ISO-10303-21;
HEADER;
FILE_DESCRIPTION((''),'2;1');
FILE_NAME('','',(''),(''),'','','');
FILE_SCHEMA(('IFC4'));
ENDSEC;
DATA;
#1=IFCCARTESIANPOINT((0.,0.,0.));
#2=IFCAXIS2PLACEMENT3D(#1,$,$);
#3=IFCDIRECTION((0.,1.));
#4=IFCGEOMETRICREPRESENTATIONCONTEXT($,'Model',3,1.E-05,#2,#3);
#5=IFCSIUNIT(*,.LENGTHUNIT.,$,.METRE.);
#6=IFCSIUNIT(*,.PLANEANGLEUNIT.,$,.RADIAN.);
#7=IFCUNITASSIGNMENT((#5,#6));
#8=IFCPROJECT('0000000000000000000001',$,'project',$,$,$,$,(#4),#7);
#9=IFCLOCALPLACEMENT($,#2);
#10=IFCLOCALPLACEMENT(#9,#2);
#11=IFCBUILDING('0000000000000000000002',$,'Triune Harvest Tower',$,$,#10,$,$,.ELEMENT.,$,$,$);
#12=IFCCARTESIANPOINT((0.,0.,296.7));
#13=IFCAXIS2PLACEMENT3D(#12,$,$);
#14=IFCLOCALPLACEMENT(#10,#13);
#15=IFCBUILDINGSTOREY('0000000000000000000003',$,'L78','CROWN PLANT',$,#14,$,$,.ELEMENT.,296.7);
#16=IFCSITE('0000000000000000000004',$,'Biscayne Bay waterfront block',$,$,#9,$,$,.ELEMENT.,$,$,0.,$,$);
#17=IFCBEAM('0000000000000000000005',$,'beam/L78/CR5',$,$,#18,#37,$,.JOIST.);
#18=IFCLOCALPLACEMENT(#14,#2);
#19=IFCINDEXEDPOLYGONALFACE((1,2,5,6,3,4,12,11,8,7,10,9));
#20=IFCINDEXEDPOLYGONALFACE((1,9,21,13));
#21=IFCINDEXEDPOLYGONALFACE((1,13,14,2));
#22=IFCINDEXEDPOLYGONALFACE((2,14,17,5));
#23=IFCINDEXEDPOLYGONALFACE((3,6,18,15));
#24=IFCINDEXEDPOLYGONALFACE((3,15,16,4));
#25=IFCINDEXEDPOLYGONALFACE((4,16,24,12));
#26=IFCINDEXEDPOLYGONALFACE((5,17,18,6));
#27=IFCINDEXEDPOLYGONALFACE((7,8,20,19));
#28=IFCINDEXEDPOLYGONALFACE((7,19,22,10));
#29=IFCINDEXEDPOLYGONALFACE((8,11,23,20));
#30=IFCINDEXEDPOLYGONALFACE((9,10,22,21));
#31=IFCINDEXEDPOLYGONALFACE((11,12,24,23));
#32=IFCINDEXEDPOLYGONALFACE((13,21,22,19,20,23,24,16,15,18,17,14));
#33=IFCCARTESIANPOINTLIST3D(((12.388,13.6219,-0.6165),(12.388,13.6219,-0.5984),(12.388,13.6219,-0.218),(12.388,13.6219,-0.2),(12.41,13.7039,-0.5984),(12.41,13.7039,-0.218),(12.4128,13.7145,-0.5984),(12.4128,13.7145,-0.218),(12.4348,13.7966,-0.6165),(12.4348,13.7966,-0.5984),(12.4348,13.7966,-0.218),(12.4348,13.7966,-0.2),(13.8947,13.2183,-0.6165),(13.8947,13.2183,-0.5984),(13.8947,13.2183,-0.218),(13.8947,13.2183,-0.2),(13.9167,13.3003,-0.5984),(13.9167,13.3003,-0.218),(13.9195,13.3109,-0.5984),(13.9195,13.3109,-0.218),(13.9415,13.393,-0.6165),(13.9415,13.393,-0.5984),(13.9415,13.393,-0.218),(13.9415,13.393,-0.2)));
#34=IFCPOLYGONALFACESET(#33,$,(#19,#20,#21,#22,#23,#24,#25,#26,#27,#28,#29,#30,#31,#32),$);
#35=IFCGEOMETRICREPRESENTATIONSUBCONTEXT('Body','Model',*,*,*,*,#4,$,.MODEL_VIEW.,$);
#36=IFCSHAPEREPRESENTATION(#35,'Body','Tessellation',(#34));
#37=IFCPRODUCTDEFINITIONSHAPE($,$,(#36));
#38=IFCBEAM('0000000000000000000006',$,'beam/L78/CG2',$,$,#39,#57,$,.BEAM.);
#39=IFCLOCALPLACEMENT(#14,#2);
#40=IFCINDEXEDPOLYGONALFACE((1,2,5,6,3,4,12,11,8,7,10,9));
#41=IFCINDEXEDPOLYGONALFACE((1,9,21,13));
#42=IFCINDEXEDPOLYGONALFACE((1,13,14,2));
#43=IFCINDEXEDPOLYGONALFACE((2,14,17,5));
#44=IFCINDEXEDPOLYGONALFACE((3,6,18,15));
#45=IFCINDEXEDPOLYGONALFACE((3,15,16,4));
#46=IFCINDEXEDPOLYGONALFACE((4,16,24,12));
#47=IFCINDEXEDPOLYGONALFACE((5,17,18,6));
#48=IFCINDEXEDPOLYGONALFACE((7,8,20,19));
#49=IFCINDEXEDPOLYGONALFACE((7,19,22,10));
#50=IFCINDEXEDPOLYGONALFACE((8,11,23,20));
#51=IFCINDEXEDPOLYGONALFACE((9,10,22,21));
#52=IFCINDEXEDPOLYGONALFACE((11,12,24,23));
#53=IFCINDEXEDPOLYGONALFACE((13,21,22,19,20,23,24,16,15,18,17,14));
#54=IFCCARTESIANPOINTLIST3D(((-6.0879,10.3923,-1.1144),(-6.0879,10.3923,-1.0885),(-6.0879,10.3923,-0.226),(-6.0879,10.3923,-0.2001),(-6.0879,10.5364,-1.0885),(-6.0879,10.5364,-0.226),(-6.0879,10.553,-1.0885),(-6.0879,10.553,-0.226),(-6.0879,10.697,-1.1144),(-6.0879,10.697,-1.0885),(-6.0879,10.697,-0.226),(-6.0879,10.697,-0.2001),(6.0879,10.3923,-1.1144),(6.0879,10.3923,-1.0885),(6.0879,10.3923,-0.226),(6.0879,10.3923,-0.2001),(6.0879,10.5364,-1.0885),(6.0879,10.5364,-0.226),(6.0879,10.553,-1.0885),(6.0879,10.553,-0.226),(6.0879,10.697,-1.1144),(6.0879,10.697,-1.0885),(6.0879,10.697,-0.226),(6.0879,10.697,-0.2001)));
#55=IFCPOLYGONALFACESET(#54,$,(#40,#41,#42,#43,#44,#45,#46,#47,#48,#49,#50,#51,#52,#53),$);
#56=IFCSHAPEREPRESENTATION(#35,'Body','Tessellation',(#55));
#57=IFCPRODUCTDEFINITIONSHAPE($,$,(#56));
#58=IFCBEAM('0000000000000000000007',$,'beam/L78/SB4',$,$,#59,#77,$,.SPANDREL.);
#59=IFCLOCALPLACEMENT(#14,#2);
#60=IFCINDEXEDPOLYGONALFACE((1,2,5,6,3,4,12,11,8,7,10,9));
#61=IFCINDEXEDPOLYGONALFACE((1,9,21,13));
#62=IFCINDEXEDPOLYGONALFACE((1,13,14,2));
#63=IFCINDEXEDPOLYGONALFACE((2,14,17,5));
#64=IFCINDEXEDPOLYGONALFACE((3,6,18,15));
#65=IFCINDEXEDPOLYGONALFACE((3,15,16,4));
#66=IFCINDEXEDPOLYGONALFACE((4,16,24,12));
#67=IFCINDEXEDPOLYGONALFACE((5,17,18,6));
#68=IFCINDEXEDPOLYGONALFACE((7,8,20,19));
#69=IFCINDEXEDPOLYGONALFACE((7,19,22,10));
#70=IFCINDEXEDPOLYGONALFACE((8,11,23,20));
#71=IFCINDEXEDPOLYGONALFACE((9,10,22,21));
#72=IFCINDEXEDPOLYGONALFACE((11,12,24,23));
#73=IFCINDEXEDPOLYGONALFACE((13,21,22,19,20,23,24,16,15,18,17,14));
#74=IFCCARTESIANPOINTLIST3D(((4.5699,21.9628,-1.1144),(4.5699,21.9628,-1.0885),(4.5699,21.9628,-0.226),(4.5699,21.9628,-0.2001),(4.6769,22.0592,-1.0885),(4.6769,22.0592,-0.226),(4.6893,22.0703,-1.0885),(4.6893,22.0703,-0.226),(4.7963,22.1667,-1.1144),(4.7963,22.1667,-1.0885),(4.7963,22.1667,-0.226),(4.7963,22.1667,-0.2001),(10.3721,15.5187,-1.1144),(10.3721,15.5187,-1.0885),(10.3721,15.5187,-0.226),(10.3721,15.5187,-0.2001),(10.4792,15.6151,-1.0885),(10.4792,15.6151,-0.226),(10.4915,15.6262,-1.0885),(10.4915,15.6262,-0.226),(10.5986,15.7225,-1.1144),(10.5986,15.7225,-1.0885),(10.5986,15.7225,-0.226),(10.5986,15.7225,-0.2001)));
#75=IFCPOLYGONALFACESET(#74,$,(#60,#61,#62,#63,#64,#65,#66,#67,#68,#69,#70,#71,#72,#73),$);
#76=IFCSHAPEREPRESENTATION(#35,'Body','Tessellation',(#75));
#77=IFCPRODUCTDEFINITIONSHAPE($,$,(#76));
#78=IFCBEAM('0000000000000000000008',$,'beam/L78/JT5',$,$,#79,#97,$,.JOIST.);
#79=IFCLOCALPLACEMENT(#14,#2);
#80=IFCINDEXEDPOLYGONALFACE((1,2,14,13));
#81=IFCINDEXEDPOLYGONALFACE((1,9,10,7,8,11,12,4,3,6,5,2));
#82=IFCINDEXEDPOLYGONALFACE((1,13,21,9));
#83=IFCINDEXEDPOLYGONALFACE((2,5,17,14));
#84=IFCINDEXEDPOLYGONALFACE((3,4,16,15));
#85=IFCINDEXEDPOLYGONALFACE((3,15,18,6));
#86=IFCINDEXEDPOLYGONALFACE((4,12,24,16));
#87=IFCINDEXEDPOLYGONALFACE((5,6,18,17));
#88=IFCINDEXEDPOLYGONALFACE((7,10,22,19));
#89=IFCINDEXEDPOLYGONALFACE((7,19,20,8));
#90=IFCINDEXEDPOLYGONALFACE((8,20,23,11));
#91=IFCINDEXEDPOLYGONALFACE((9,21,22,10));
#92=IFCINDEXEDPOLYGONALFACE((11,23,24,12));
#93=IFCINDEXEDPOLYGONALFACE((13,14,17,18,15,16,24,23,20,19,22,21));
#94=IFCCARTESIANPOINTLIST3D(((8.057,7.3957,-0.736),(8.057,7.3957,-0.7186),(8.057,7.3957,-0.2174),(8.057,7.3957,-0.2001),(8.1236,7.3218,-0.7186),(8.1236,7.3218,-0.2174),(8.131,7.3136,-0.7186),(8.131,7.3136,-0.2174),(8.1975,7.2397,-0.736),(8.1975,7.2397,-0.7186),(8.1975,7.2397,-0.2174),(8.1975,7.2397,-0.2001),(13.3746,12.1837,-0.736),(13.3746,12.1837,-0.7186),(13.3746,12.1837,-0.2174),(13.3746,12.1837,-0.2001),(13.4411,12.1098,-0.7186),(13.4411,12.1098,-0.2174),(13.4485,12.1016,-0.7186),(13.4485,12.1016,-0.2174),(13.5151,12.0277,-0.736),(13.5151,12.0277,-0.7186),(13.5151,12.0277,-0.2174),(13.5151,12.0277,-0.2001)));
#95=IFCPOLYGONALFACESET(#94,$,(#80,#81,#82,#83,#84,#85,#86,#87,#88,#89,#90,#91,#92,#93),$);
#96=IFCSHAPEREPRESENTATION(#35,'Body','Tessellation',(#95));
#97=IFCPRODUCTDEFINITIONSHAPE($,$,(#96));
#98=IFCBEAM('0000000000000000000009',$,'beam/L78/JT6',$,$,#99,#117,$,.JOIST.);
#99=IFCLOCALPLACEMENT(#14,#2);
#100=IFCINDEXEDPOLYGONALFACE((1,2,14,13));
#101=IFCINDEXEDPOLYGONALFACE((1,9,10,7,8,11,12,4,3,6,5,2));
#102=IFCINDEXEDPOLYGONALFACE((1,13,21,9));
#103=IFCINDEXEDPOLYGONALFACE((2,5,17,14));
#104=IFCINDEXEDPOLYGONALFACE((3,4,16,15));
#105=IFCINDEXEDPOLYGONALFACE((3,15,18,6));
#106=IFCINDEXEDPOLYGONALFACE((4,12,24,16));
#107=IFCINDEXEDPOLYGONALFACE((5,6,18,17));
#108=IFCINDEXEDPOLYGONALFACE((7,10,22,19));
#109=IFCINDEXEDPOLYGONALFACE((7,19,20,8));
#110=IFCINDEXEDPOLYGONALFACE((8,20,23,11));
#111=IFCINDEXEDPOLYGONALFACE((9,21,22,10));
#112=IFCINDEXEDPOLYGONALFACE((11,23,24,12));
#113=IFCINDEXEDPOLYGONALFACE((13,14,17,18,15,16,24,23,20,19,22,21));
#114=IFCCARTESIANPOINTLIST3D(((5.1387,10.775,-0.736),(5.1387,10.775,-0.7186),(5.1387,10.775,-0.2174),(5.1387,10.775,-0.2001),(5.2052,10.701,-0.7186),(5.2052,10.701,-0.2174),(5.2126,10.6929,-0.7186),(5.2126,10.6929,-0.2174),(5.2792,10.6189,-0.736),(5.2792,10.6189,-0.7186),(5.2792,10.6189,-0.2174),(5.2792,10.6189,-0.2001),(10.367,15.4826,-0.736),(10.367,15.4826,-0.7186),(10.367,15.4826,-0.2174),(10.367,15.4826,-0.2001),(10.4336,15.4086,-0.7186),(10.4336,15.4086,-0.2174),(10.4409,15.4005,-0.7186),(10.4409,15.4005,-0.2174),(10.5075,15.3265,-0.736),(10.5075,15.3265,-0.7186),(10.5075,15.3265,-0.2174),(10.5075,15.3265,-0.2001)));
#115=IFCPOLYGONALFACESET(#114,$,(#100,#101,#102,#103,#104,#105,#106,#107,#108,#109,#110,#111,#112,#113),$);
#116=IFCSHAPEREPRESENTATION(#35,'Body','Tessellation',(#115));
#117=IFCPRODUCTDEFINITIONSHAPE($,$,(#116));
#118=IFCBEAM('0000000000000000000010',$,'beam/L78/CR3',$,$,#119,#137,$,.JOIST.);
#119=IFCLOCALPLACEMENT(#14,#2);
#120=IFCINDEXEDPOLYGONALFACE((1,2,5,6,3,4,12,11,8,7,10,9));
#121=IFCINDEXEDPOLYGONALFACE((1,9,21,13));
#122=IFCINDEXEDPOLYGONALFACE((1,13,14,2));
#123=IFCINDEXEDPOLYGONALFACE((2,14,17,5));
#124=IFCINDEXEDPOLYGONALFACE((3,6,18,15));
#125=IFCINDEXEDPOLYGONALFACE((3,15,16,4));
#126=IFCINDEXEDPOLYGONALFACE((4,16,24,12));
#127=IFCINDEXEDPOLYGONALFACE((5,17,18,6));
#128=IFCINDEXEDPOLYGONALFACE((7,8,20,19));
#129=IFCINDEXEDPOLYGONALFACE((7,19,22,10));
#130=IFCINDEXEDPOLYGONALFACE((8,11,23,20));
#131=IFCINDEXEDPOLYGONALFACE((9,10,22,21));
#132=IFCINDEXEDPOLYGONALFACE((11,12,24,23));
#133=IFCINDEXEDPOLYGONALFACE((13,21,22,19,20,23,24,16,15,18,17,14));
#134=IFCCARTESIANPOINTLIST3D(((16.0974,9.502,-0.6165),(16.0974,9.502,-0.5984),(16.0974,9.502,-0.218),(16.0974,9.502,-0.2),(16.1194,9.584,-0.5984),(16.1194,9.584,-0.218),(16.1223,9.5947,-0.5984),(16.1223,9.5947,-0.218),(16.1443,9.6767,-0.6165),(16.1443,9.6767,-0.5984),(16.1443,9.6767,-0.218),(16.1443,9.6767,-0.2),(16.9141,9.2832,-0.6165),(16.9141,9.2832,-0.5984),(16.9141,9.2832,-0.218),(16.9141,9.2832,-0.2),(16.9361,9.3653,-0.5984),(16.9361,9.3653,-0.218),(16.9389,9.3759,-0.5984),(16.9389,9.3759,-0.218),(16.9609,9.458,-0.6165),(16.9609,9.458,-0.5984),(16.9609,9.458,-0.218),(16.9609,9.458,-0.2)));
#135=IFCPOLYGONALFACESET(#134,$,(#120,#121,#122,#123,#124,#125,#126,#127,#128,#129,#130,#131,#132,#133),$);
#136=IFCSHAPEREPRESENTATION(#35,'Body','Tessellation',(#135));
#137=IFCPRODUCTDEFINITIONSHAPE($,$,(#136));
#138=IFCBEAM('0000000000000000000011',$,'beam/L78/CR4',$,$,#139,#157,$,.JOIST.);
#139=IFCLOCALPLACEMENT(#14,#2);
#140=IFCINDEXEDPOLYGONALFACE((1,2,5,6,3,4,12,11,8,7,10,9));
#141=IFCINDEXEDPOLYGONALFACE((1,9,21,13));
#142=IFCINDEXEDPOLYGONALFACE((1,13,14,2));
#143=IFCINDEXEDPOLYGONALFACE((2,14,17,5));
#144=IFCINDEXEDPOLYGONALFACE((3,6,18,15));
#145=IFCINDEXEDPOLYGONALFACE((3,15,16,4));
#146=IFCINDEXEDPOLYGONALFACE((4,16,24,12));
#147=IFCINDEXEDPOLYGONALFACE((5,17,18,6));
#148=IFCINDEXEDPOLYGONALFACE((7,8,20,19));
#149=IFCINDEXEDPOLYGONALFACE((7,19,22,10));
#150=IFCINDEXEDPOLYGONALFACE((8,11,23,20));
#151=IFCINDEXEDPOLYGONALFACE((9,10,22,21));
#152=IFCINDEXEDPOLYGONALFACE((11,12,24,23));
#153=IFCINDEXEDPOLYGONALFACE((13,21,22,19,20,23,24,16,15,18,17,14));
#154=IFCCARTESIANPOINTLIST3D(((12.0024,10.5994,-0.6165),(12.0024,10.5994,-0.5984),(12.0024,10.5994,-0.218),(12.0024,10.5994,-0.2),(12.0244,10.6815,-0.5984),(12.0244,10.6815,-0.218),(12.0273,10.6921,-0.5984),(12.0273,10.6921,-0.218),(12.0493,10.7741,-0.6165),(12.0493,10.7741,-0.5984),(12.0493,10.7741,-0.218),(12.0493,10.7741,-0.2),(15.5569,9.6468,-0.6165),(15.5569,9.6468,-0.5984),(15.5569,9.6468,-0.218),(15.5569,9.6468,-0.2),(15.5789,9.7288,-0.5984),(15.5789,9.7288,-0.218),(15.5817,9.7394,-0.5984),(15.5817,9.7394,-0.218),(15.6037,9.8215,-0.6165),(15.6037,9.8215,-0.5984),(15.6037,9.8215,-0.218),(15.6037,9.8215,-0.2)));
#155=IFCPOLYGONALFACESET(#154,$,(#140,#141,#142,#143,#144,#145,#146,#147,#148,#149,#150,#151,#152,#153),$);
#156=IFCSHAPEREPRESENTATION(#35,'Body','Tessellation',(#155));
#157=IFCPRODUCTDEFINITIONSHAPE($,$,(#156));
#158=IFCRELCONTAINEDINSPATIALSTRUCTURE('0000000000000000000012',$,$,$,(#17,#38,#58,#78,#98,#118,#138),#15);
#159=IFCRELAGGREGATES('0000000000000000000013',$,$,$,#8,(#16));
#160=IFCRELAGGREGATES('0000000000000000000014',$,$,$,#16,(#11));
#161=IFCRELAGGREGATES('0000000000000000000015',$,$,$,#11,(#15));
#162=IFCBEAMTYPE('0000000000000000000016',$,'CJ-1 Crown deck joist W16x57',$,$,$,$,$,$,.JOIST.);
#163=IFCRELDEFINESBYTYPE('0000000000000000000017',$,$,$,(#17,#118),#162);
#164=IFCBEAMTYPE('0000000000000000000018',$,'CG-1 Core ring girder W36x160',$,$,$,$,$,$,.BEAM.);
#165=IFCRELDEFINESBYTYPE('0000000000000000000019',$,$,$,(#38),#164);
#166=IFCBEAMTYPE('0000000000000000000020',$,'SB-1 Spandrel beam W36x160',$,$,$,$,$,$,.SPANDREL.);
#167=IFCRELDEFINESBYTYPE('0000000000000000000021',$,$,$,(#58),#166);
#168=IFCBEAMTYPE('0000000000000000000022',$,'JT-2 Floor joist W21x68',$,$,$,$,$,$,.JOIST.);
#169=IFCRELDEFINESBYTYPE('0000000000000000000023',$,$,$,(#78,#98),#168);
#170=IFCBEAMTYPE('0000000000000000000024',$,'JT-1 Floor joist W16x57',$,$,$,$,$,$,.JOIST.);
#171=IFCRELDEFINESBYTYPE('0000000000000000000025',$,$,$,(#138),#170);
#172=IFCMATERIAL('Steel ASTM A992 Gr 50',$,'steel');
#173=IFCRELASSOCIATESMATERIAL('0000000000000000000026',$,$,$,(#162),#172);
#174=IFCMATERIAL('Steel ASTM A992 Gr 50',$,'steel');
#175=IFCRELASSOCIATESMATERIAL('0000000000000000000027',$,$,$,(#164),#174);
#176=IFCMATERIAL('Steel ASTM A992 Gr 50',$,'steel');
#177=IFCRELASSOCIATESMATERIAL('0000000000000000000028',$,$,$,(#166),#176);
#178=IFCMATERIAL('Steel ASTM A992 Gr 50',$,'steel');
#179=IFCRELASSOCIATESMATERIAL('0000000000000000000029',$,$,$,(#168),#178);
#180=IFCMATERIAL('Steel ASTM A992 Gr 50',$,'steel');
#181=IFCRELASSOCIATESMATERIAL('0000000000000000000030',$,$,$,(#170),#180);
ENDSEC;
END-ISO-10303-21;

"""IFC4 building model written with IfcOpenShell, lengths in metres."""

from ifc_helpers import new_model, si_unit, direction, frame, origin, origin_2d, place, context, subcontext, project, spatial, i_section, extrude, source, transform, mapped, material, material_profile, profile_set, type_object, element, save


model = new_model("IFC4")

# Units and contexts
model_context = context("Model", 3, precision=1e-05, world=origin(), true_north=direction((0.0, 1.0)))
body_context = subcontext(model_context, "Body", "Model", "MODEL_VIEW")
ifc_project = project(units=[si_unit("LENGTHUNIT", "METRE"), si_unit("PLANEANGLEUNIT", "RADIAN")], contexts=[model_context])

# Site, building, storey
site_placement = place(None, origin())
site = spatial("IfcSite", under=ifc_project, at=site_placement, Name="Biscayne Bay waterfront block", CompositionType="ELEMENT", RefElevation=0.0)
building_placement = place(site_placement, origin())
building = spatial("IfcBuilding", under=site, at=building_placement, Name="Triune Harvest Tower", CompositionType="ELEMENT")
storey_placement = place(building_placement, frame((0.0, 0.0, 296.7)))
storey = spatial("IfcBuildingStorey", under=building, at=storey_placement, Name="L78", Description="CROWN PLANT", CompositionType="ELEMENT", Elevation=296.7)

# Beams
ifc_material_1 = material(Name="Steel ASTM A992 Gr 50", Category="steel")
ifc_material_profile_1 = material_profile(ifc_material_1, i_section(OverallWidth=0.1809, OverallDepth=0.4165, WebThickness=0.011, FlangeThickness=0.0181, at=origin_2d()), Name="W16x57")
ifc_profile_set_1 = profile_set([ifc_material_profile_1], Name="Steel ASTM A992 Gr 50")
beam_type_1 = type_object("IfcBeamType", Name="CJ-1 Crown deck joist W16x57", PredefinedType="JOIST", material=ifc_profile_set_1)
beam_1_placement = place(storey_placement, frame((12.4114, 13.7092, -0.4082), z_axis=(0.965946, -0.258744, 0.0), x_axis=(0.258744, 0.965946, 0.0)))
element("IfcBeam", 1, at=beam_1_placement, inside=storey, type_object=beam_type_1, Name="beam/L78/CR5", PredefinedType="JOIST", context=body_context, shape_type="SweptSolid", body=[
    extrude(i_section(OverallWidth=0.1809, OverallDepth=0.4165, WebThickness=0.011, FlangeThickness=0.0181, at=origin_2d()), origin(), (0.0, 0.0, 1.0), 1.5598),
])
ifc_material_2 = material(Name="Steel ASTM A992 Gr 50", Category="steel")
ifc_material_profile_2 = material_profile(ifc_material_2, i_section(OverallWidth=0.3047, OverallDepth=0.9143, WebThickness=0.0166, FlangeThickness=0.0259, at=origin_2d()), Name="W36x160")
ifc_profile_set_2 = profile_set([ifc_material_profile_2], Name="Steel ASTM A992 Gr 50")
beam_type_2 = type_object("IfcBeamType", Name="CG-1 Core ring girder W36x160", PredefinedType="BEAM", material=ifc_profile_set_2)
shared_shape_1 = source(origin(), body_context, "Body", "SweptSolid", [
    extrude(i_section(OverallWidth=0.3047, OverallDepth=0.9143, WebThickness=0.0166, FlangeThickness=0.0259, at=origin_2d()), origin(), (0.0, 0.0, 1.0), 12.1758),
])
beam_2_placement = place(storey_placement, frame((6.0879, 10.5447, -0.6572), z_axis=(-1.0, 0.0, 0.0), x_axis=(0.0, -1.0, 0.0)))
element("IfcBeam", 2, at=beam_2_placement, inside=storey, type_object=beam_type_2, Name="beam/L78/CG2", PredefinedType="BEAM", context=body_context, shape_type="MappedRepresentation", body=[
    mapped(shared_shape_1, transform((0.0, 0.0, 0.0), scale=1.0)),
])
ifc_material_3 = material(Name="Steel ASTM A992 Gr 50", Category="steel")
ifc_material_profile_3 = material_profile(ifc_material_3, i_section(OverallWidth=0.3047, OverallDepth=0.9143, WebThickness=0.0166, FlangeThickness=0.0259, at=origin_2d()), Name="W36x160")
ifc_profile_set_3 = profile_set([ifc_material_profile_3], Name="Steel ASTM A992 Gr 50")
beam_type_3 = type_object("IfcBeamType", Name="SB-1 Spandrel beam W36x160", PredefinedType="SPANDREL", material=ifc_profile_set_3)
shared_shape_2 = source(origin(), body_context, "Body", "SweptSolid", [
    extrude(i_section(OverallWidth=0.3047, OverallDepth=0.9143, WebThickness=0.0166, FlangeThickness=0.0259, at=origin_2d()), origin(), (0.0, 0.0, 1.0), 8.6714),
])
beam_3_placement = place(storey_placement, frame((10.4854, 15.6206, -0.6572), z_axis=(-0.669128, 0.743147, 0.0), x_axis=(-0.743147, -0.669128, 0.0)))
element("IfcBeam", 3, at=beam_3_placement, inside=storey, type_object=beam_type_3, Name="beam/L78/SB4", PredefinedType="SPANDREL", context=body_context, shape_type="MappedRepresentation", body=[
    mapped(shared_shape_2, transform((0.0, 0.0, 0.0), scale=1.0)),
])
ifc_material_4 = material(Name="Steel ASTM A992 Gr 50", Category="steel")
ifc_material_profile_4 = material_profile(ifc_material_4, i_section(OverallWidth=0.21, OverallDepth=0.5359, WebThickness=0.011, FlangeThickness=0.0173, at=origin_2d()), Name="W21x68")
ifc_profile_set_4 = profile_set([ifc_material_profile_4], Name="Steel ASTM A992 Gr 50")
beam_type_4 = type_object("IfcBeamType", Name="JT-2 Floor joist W21x68", PredefinedType="JOIST", material=ifc_profile_set_4)
shared_shape_3 = source(origin(), body_context, "Body", "SweptSolid", [
    extrude(i_section(OverallWidth=0.21, OverallDepth=0.5359, WebThickness=0.011, FlangeThickness=0.0173, at=origin_2d()), origin(), (0.0, 0.0, 1.0), 7.1555),
])
beam_4_placement = place(storey_placement, frame((13.4448, 12.1057, -0.468), z_axis=(-0.74314, -0.669136, 0.0), x_axis=(0.669136, -0.74314, 0.0)))
element("IfcBeam", 4, at=beam_4_placement, inside=storey, type_object=beam_type_4, Name="beam/L78/JT5", PredefinedType="JOIST", context=body_context, shape_type="MappedRepresentation", body=[
    mapped(shared_shape_3, transform((0.0, 0.0, 0.0), scale=1.0)),
])
shared_shape_4 = source(origin(), body_context, "Body", "SweptSolid", [
    extrude(i_section(OverallWidth=0.21, OverallDepth=0.5359, WebThickness=0.011, FlangeThickness=0.0173, at=origin_2d()), origin(), (0.0, 0.0, 1.0), 7.0354),
])
beam_5_placement = place(storey_placement, frame((10.4373, 15.4045, -0.468), z_axis=(-0.743147, -0.669128, 0.0), x_axis=(0.669128, -0.743147, 0.0)))
element("IfcBeam", 5, at=beam_5_placement, inside=storey, type_object=beam_type_4, Name="beam/L78/JT6", PredefinedType="JOIST", context=body_context, shape_type="MappedRepresentation", body=[
    mapped(shared_shape_4, transform((0.0, 0.0, 0.0), scale=1.0)),
])
shared_shape_5 = source(origin(), body_context, "Body", "SweptSolid", [
    extrude(i_section(OverallWidth=0.1809, OverallDepth=0.4165, WebThickness=0.011, FlangeThickness=0.0181, at=origin_2d()), origin(), (0.0, 0.0, 1.0), 0.8455),
])
beam_6_placement = place(storey_placement, frame((16.1208, 9.5894, -0.4082), z_axis=(0.965947, -0.258741, 0.0), x_axis=(0.258741, 0.965947, 0.0)))
element("IfcBeam", 6, at=beam_6_placement, inside=storey, type_object=beam_type_1, Name="beam/L78/CR3", PredefinedType="JOIST", context=body_context, shape_type="MappedRepresentation", body=[
    mapped(shared_shape_5, transform((0.0, 0.0, 0.0), scale=1.0)),
])
ifc_material_5 = material(Name="Steel ASTM A992 Gr 50", Category="steel")
ifc_material_profile_5 = material_profile(ifc_material_5, i_section(OverallWidth=0.1809, OverallDepth=0.4165, WebThickness=0.011, FlangeThickness=0.0181, at=origin_2d()), Name="W16x57")
ifc_profile_set_5 = profile_set([ifc_material_profile_5], Name="Steel ASTM A992 Gr 50")
beam_type_5 = type_object("IfcBeamType", Name="JT-1 Floor joist W16x57", PredefinedType="JOIST", material=ifc_profile_set_5)
shared_shape_6 = source(origin(), body_context, "Body", "SweptSolid", [
    extrude(i_section(OverallWidth=0.1809, OverallDepth=0.4165, WebThickness=0.011, FlangeThickness=0.0181, at=origin_2d()), origin(), (0.0, 0.0, 1.0), 3.6799),
])
beam_7_placement = place(storey_placement, frame((15.5803, 9.7341, -0.4082), z_axis=(-0.96591, 0.258876, 0.0), x_axis=(-0.258876, -0.96591, 0.0)))
element("IfcBeam", 7, at=beam_7_placement, inside=storey, type_object=beam_type_5, Name="beam/L78/CR4", PredefinedType="JOIST", context=body_context, shape_type="MappedRepresentation", body=[
    mapped(shared_shape_6, transform((0.0, 0.0, 0.0), scale=1.0)),
])

save(model, "model.ifc")
